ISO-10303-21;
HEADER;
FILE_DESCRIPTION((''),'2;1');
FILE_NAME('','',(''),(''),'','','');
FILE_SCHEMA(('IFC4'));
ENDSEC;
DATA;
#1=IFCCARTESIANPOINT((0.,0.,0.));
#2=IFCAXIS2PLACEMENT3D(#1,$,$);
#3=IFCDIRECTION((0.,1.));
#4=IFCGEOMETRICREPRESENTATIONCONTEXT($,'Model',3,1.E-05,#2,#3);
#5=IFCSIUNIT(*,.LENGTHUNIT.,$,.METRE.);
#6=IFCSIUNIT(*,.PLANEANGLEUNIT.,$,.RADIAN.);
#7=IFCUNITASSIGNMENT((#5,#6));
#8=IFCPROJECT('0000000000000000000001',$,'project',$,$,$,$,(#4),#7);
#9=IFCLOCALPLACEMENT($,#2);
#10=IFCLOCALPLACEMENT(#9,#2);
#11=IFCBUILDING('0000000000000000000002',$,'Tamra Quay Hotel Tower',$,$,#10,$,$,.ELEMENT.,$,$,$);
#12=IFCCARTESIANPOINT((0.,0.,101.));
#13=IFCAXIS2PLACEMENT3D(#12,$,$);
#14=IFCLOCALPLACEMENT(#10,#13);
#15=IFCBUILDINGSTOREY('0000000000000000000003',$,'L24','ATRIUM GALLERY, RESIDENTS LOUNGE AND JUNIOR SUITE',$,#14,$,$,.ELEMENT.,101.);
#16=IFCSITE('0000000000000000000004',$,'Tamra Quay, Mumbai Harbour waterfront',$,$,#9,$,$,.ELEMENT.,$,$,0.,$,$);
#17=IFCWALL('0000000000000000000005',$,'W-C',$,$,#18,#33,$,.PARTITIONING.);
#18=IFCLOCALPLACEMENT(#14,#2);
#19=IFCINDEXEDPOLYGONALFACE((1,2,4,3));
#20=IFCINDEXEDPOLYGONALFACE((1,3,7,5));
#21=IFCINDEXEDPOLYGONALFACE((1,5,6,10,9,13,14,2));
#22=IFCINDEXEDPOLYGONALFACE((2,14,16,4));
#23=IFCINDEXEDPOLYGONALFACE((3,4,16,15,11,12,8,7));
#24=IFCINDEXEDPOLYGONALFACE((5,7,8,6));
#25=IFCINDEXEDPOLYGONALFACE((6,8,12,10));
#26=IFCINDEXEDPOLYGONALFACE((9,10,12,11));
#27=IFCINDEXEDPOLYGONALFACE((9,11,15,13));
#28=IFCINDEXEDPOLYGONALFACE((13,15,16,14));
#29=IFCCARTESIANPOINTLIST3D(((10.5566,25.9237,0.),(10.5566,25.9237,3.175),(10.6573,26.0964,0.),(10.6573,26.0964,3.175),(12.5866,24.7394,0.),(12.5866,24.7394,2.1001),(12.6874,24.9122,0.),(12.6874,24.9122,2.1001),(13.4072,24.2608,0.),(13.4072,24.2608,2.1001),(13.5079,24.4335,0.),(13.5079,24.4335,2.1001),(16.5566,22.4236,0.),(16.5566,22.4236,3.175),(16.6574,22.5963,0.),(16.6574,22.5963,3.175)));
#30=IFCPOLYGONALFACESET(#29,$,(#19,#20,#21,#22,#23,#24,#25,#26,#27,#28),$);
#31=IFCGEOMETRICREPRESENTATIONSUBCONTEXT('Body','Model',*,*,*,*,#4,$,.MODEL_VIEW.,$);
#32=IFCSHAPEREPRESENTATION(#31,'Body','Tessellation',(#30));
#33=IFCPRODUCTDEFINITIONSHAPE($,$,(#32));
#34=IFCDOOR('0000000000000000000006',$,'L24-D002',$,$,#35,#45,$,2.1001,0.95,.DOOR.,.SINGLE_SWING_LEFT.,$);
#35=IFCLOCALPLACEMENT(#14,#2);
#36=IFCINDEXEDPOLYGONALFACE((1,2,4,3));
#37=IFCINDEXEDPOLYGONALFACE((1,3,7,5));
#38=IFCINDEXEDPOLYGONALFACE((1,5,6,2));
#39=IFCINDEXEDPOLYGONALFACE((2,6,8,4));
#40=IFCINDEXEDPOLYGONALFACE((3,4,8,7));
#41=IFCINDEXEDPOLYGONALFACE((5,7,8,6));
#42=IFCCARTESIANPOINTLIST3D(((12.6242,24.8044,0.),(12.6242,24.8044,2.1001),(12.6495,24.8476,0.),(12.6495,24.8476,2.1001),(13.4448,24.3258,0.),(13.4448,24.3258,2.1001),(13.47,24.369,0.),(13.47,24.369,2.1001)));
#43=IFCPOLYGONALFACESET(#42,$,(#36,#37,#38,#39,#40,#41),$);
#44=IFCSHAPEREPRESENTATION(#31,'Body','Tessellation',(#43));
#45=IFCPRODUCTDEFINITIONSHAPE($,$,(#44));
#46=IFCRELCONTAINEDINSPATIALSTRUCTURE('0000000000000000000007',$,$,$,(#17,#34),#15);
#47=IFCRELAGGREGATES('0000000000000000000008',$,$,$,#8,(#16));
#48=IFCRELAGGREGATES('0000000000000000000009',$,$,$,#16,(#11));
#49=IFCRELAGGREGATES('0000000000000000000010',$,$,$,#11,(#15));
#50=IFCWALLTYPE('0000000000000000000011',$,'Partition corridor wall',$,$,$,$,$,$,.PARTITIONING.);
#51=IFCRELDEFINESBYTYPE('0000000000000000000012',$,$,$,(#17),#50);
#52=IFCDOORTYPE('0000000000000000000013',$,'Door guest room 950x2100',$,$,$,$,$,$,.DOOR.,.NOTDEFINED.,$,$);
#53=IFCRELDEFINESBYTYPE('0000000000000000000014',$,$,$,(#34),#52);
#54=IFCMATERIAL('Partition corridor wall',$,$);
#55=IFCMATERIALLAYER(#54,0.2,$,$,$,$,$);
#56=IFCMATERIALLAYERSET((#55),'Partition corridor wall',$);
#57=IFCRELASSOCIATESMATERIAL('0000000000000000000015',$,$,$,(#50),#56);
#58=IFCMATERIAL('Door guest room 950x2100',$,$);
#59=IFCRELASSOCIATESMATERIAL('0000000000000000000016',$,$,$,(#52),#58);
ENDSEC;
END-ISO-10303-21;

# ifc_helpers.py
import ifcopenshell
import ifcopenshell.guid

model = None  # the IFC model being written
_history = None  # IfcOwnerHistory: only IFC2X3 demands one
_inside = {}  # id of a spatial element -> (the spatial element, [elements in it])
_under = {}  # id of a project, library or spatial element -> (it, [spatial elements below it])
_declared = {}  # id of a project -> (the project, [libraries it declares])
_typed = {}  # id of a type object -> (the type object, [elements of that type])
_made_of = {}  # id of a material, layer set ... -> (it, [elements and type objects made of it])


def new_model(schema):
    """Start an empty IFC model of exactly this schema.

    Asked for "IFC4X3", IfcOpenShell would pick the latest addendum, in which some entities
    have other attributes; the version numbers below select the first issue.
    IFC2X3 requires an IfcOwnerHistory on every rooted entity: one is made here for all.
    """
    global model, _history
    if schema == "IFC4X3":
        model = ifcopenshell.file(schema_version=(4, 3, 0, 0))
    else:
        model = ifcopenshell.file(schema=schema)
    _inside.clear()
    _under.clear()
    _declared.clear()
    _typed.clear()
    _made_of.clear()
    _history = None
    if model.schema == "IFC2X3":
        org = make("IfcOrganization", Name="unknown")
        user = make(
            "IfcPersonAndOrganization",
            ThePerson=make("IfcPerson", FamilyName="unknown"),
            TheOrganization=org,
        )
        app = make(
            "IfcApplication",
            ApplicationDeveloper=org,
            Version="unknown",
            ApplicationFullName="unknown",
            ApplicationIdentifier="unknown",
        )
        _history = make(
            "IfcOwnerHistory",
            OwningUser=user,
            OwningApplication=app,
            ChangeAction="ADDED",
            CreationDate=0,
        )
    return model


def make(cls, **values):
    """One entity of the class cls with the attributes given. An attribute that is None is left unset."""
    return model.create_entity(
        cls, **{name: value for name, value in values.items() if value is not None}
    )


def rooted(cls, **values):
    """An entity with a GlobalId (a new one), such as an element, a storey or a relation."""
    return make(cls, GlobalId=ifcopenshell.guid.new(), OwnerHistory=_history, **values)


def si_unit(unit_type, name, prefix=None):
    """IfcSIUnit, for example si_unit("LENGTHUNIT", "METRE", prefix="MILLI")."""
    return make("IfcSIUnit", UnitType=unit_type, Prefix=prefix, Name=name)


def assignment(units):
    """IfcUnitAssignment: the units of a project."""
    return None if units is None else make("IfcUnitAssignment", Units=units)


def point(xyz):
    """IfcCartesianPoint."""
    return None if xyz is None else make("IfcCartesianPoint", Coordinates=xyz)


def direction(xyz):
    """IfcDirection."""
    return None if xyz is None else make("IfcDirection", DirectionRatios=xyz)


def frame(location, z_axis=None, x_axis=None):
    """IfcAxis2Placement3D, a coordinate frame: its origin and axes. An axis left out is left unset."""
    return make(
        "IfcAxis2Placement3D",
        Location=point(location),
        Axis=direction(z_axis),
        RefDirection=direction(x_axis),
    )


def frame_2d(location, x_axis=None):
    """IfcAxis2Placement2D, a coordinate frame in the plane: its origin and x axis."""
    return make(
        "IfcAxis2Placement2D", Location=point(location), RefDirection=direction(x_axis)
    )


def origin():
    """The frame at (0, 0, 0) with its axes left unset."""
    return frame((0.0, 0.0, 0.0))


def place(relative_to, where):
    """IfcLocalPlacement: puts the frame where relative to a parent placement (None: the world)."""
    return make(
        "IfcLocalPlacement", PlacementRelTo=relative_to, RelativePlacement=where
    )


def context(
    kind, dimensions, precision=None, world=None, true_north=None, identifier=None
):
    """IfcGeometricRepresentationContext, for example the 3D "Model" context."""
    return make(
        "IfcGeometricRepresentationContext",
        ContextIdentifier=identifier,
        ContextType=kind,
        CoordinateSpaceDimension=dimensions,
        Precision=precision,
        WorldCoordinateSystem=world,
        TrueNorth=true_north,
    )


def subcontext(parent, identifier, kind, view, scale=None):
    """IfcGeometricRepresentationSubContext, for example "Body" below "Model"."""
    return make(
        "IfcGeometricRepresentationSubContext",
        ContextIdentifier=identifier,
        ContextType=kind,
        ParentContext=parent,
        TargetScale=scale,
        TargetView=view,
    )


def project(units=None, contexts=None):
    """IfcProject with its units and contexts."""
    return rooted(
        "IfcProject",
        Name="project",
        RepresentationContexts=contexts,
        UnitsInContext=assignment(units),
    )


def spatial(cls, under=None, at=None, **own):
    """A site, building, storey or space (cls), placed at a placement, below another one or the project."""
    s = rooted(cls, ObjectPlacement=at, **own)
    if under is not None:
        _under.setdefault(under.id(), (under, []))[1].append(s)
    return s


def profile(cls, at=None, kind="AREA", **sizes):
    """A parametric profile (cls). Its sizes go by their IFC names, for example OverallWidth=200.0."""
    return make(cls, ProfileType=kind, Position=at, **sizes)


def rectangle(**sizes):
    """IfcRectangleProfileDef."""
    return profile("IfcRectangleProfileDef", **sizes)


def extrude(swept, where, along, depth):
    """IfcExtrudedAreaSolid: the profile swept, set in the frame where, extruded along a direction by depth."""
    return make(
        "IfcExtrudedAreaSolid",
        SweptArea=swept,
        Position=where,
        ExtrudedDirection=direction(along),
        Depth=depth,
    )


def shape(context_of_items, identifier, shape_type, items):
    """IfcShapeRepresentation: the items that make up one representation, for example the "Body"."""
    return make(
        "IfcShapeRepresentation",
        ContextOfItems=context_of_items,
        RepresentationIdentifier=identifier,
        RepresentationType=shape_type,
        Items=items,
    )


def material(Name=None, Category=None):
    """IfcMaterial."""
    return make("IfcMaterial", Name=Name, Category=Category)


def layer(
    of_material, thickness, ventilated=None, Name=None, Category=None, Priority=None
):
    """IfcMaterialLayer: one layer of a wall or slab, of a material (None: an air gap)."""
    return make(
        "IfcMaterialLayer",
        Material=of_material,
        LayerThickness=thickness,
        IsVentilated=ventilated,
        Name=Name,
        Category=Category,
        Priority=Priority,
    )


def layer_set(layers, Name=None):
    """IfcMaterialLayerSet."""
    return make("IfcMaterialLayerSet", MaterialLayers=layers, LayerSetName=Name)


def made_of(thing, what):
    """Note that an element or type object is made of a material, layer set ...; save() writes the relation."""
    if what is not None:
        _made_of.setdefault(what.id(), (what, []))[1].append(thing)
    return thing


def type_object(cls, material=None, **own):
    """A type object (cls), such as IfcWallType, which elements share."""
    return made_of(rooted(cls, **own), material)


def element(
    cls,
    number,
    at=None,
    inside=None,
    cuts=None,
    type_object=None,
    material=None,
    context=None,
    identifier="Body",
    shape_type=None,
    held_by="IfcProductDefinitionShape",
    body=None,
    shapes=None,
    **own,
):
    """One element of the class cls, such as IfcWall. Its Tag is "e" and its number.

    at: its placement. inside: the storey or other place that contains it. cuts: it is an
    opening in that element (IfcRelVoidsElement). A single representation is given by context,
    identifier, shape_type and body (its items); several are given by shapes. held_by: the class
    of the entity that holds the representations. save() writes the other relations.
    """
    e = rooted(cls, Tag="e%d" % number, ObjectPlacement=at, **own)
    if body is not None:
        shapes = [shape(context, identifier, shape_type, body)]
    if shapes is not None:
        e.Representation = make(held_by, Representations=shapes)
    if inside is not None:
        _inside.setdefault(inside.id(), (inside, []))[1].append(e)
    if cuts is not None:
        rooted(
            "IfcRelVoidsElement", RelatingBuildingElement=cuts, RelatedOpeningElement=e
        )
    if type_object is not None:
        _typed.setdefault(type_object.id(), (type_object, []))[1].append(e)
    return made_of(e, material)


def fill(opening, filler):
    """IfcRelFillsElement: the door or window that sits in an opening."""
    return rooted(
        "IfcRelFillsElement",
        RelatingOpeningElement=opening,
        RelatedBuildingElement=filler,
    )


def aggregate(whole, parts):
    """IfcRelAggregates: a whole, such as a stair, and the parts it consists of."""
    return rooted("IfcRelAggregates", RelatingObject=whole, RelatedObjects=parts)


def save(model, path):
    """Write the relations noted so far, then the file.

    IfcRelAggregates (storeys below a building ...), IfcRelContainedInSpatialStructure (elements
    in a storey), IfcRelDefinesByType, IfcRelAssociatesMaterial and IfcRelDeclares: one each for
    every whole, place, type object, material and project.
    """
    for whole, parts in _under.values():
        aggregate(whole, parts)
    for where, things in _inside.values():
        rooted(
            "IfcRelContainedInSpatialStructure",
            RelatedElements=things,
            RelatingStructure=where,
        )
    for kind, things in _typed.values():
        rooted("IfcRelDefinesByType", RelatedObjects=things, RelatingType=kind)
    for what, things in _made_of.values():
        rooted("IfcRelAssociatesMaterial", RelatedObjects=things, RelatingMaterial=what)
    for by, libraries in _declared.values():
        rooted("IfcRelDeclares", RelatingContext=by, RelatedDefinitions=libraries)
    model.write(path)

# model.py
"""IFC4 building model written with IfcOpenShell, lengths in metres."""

from ifc_helpers import new_model, si_unit, direction, frame, frame_2d, origin, place, context, subcontext, project, spatial, rectangle, extrude, material, layer, layer_set, type_object, element, fill, save


model = new_model("IFC4")

# Units and contexts
model_context = context("Model", 3, precision=1e-05, world=origin(), true_north=direction((0.0, 1.0)))
body_context = subcontext(model_context, "Body", "Model", "MODEL_VIEW")
ifc_project = project(units=[si_unit("LENGTHUNIT", "METRE"), si_unit("PLANEANGLEUNIT", "RADIAN")], contexts=[model_context])

# Site, building, storey
site_placement = place(None, origin())
site = spatial("IfcSite", under=ifc_project, at=site_placement, Name="Tamra Quay, Mumbai Harbour waterfront", CompositionType="ELEMENT", RefElevation=0.0)
building_placement = place(site_placement, origin())
building = spatial("IfcBuilding", under=site, at=building_placement, Name="Tamra Quay Hotel Tower", CompositionType="ELEMENT")
storey_placement = place(building_placement, frame((0.0, 0.0, 101.0)))
storey = spatial("IfcBuildingStorey", under=building, at=storey_placement, Name="L24", Description="ATRIUM GALLERY, RESIDENTS LOUNGE AND JUNIOR SUITE", CompositionType="ELEMENT", Elevation=101.0)

# Shared definitions
ifc_material_1 = material(Name="Partition corridor wall")
ifc_layer_1 = layer(ifc_material_1, 0.2)
ifc_layer_set_1 = layer_set([ifc_layer_1], Name="Partition corridor wall")
wall_type_1 = type_object("IfcWallType", Name="Partition corridor wall", PredefinedType="PARTITIONING", material=ifc_layer_set_1)

# Wall, opening, door
wall_1_placement = place(storey_placement, frame((10.6069, 26.01, 0.0), z_axis=(0.0, 0.0, 1.0), x_axis=(0.863779, -0.503871, 0.0)))
wall_1 = element("IfcWall", 1, at=wall_1_placement, inside=storey, type_object=wall_type_1, Name="W-C", PredefinedType="PARTITIONING", context=body_context, shape_type="SweptSolid", body=[
    extrude(rectangle(XDim=6.9463, YDim=0.2, at=frame_2d((3.4731, 0.0))), origin(), (0.0, 0.0, 1.0), 3.175),
])
opening_1_placement = place(wall_1_placement, frame((2.3501, 0.0, 0.0)))
opening_1 = element("IfcOpeningElement", 2, at=opening_1_placement, cuts=wall_1, PredefinedType="OPENING", context=body_context, shape_type="SweptSolid", body=[
    extrude(rectangle(XDim=0.95, YDim=2.1001, at=frame_2d((0.4751, 1.05))), frame((0.0, 0.1099, 0.0), z_axis=(0.0, -1.0, 0.0), x_axis=(1.0, 0.0, 0.0)), (0.0, 0.0, 1.0), 0.22),
])
ifc_material_2 = material(Name="Door guest room 950x2100")
door_type_1 = type_object("IfcDoorType", Name="Door guest room 950x2100", OperationType="NOTDEFINED", PredefinedType="DOOR", material=ifc_material_2)
door_1_placement = place(opening_1_placement, frame((0.95, 0.0, 0.0), z_axis=(0.0, 0.0, 1.0), x_axis=(-1.0, 0.0, 0.0)))
door_1 = element("IfcDoor", 3, at=door_1_placement, inside=storey, type_object=door_type_1, Name="L24-D002", OperationType="SINGLE_SWING_LEFT", OverallHeight=2.1001, OverallWidth=0.95, PredefinedType="DOOR", context=body_context, shape_type="SweptSolid", body=[
    extrude(rectangle(XDim=0.95, YDim=2.1001, at=frame_2d((0.4751, 1.05))), frame((0.0, 0.0249, 0.0), z_axis=(0.0, -1.0, 0.0), x_axis=(1.0, 0.0, 0.0)), (0.0, 0.0, 1.0), 0.05),
])
fill(opening_1, door_1)

save(model, "model.ifc")
